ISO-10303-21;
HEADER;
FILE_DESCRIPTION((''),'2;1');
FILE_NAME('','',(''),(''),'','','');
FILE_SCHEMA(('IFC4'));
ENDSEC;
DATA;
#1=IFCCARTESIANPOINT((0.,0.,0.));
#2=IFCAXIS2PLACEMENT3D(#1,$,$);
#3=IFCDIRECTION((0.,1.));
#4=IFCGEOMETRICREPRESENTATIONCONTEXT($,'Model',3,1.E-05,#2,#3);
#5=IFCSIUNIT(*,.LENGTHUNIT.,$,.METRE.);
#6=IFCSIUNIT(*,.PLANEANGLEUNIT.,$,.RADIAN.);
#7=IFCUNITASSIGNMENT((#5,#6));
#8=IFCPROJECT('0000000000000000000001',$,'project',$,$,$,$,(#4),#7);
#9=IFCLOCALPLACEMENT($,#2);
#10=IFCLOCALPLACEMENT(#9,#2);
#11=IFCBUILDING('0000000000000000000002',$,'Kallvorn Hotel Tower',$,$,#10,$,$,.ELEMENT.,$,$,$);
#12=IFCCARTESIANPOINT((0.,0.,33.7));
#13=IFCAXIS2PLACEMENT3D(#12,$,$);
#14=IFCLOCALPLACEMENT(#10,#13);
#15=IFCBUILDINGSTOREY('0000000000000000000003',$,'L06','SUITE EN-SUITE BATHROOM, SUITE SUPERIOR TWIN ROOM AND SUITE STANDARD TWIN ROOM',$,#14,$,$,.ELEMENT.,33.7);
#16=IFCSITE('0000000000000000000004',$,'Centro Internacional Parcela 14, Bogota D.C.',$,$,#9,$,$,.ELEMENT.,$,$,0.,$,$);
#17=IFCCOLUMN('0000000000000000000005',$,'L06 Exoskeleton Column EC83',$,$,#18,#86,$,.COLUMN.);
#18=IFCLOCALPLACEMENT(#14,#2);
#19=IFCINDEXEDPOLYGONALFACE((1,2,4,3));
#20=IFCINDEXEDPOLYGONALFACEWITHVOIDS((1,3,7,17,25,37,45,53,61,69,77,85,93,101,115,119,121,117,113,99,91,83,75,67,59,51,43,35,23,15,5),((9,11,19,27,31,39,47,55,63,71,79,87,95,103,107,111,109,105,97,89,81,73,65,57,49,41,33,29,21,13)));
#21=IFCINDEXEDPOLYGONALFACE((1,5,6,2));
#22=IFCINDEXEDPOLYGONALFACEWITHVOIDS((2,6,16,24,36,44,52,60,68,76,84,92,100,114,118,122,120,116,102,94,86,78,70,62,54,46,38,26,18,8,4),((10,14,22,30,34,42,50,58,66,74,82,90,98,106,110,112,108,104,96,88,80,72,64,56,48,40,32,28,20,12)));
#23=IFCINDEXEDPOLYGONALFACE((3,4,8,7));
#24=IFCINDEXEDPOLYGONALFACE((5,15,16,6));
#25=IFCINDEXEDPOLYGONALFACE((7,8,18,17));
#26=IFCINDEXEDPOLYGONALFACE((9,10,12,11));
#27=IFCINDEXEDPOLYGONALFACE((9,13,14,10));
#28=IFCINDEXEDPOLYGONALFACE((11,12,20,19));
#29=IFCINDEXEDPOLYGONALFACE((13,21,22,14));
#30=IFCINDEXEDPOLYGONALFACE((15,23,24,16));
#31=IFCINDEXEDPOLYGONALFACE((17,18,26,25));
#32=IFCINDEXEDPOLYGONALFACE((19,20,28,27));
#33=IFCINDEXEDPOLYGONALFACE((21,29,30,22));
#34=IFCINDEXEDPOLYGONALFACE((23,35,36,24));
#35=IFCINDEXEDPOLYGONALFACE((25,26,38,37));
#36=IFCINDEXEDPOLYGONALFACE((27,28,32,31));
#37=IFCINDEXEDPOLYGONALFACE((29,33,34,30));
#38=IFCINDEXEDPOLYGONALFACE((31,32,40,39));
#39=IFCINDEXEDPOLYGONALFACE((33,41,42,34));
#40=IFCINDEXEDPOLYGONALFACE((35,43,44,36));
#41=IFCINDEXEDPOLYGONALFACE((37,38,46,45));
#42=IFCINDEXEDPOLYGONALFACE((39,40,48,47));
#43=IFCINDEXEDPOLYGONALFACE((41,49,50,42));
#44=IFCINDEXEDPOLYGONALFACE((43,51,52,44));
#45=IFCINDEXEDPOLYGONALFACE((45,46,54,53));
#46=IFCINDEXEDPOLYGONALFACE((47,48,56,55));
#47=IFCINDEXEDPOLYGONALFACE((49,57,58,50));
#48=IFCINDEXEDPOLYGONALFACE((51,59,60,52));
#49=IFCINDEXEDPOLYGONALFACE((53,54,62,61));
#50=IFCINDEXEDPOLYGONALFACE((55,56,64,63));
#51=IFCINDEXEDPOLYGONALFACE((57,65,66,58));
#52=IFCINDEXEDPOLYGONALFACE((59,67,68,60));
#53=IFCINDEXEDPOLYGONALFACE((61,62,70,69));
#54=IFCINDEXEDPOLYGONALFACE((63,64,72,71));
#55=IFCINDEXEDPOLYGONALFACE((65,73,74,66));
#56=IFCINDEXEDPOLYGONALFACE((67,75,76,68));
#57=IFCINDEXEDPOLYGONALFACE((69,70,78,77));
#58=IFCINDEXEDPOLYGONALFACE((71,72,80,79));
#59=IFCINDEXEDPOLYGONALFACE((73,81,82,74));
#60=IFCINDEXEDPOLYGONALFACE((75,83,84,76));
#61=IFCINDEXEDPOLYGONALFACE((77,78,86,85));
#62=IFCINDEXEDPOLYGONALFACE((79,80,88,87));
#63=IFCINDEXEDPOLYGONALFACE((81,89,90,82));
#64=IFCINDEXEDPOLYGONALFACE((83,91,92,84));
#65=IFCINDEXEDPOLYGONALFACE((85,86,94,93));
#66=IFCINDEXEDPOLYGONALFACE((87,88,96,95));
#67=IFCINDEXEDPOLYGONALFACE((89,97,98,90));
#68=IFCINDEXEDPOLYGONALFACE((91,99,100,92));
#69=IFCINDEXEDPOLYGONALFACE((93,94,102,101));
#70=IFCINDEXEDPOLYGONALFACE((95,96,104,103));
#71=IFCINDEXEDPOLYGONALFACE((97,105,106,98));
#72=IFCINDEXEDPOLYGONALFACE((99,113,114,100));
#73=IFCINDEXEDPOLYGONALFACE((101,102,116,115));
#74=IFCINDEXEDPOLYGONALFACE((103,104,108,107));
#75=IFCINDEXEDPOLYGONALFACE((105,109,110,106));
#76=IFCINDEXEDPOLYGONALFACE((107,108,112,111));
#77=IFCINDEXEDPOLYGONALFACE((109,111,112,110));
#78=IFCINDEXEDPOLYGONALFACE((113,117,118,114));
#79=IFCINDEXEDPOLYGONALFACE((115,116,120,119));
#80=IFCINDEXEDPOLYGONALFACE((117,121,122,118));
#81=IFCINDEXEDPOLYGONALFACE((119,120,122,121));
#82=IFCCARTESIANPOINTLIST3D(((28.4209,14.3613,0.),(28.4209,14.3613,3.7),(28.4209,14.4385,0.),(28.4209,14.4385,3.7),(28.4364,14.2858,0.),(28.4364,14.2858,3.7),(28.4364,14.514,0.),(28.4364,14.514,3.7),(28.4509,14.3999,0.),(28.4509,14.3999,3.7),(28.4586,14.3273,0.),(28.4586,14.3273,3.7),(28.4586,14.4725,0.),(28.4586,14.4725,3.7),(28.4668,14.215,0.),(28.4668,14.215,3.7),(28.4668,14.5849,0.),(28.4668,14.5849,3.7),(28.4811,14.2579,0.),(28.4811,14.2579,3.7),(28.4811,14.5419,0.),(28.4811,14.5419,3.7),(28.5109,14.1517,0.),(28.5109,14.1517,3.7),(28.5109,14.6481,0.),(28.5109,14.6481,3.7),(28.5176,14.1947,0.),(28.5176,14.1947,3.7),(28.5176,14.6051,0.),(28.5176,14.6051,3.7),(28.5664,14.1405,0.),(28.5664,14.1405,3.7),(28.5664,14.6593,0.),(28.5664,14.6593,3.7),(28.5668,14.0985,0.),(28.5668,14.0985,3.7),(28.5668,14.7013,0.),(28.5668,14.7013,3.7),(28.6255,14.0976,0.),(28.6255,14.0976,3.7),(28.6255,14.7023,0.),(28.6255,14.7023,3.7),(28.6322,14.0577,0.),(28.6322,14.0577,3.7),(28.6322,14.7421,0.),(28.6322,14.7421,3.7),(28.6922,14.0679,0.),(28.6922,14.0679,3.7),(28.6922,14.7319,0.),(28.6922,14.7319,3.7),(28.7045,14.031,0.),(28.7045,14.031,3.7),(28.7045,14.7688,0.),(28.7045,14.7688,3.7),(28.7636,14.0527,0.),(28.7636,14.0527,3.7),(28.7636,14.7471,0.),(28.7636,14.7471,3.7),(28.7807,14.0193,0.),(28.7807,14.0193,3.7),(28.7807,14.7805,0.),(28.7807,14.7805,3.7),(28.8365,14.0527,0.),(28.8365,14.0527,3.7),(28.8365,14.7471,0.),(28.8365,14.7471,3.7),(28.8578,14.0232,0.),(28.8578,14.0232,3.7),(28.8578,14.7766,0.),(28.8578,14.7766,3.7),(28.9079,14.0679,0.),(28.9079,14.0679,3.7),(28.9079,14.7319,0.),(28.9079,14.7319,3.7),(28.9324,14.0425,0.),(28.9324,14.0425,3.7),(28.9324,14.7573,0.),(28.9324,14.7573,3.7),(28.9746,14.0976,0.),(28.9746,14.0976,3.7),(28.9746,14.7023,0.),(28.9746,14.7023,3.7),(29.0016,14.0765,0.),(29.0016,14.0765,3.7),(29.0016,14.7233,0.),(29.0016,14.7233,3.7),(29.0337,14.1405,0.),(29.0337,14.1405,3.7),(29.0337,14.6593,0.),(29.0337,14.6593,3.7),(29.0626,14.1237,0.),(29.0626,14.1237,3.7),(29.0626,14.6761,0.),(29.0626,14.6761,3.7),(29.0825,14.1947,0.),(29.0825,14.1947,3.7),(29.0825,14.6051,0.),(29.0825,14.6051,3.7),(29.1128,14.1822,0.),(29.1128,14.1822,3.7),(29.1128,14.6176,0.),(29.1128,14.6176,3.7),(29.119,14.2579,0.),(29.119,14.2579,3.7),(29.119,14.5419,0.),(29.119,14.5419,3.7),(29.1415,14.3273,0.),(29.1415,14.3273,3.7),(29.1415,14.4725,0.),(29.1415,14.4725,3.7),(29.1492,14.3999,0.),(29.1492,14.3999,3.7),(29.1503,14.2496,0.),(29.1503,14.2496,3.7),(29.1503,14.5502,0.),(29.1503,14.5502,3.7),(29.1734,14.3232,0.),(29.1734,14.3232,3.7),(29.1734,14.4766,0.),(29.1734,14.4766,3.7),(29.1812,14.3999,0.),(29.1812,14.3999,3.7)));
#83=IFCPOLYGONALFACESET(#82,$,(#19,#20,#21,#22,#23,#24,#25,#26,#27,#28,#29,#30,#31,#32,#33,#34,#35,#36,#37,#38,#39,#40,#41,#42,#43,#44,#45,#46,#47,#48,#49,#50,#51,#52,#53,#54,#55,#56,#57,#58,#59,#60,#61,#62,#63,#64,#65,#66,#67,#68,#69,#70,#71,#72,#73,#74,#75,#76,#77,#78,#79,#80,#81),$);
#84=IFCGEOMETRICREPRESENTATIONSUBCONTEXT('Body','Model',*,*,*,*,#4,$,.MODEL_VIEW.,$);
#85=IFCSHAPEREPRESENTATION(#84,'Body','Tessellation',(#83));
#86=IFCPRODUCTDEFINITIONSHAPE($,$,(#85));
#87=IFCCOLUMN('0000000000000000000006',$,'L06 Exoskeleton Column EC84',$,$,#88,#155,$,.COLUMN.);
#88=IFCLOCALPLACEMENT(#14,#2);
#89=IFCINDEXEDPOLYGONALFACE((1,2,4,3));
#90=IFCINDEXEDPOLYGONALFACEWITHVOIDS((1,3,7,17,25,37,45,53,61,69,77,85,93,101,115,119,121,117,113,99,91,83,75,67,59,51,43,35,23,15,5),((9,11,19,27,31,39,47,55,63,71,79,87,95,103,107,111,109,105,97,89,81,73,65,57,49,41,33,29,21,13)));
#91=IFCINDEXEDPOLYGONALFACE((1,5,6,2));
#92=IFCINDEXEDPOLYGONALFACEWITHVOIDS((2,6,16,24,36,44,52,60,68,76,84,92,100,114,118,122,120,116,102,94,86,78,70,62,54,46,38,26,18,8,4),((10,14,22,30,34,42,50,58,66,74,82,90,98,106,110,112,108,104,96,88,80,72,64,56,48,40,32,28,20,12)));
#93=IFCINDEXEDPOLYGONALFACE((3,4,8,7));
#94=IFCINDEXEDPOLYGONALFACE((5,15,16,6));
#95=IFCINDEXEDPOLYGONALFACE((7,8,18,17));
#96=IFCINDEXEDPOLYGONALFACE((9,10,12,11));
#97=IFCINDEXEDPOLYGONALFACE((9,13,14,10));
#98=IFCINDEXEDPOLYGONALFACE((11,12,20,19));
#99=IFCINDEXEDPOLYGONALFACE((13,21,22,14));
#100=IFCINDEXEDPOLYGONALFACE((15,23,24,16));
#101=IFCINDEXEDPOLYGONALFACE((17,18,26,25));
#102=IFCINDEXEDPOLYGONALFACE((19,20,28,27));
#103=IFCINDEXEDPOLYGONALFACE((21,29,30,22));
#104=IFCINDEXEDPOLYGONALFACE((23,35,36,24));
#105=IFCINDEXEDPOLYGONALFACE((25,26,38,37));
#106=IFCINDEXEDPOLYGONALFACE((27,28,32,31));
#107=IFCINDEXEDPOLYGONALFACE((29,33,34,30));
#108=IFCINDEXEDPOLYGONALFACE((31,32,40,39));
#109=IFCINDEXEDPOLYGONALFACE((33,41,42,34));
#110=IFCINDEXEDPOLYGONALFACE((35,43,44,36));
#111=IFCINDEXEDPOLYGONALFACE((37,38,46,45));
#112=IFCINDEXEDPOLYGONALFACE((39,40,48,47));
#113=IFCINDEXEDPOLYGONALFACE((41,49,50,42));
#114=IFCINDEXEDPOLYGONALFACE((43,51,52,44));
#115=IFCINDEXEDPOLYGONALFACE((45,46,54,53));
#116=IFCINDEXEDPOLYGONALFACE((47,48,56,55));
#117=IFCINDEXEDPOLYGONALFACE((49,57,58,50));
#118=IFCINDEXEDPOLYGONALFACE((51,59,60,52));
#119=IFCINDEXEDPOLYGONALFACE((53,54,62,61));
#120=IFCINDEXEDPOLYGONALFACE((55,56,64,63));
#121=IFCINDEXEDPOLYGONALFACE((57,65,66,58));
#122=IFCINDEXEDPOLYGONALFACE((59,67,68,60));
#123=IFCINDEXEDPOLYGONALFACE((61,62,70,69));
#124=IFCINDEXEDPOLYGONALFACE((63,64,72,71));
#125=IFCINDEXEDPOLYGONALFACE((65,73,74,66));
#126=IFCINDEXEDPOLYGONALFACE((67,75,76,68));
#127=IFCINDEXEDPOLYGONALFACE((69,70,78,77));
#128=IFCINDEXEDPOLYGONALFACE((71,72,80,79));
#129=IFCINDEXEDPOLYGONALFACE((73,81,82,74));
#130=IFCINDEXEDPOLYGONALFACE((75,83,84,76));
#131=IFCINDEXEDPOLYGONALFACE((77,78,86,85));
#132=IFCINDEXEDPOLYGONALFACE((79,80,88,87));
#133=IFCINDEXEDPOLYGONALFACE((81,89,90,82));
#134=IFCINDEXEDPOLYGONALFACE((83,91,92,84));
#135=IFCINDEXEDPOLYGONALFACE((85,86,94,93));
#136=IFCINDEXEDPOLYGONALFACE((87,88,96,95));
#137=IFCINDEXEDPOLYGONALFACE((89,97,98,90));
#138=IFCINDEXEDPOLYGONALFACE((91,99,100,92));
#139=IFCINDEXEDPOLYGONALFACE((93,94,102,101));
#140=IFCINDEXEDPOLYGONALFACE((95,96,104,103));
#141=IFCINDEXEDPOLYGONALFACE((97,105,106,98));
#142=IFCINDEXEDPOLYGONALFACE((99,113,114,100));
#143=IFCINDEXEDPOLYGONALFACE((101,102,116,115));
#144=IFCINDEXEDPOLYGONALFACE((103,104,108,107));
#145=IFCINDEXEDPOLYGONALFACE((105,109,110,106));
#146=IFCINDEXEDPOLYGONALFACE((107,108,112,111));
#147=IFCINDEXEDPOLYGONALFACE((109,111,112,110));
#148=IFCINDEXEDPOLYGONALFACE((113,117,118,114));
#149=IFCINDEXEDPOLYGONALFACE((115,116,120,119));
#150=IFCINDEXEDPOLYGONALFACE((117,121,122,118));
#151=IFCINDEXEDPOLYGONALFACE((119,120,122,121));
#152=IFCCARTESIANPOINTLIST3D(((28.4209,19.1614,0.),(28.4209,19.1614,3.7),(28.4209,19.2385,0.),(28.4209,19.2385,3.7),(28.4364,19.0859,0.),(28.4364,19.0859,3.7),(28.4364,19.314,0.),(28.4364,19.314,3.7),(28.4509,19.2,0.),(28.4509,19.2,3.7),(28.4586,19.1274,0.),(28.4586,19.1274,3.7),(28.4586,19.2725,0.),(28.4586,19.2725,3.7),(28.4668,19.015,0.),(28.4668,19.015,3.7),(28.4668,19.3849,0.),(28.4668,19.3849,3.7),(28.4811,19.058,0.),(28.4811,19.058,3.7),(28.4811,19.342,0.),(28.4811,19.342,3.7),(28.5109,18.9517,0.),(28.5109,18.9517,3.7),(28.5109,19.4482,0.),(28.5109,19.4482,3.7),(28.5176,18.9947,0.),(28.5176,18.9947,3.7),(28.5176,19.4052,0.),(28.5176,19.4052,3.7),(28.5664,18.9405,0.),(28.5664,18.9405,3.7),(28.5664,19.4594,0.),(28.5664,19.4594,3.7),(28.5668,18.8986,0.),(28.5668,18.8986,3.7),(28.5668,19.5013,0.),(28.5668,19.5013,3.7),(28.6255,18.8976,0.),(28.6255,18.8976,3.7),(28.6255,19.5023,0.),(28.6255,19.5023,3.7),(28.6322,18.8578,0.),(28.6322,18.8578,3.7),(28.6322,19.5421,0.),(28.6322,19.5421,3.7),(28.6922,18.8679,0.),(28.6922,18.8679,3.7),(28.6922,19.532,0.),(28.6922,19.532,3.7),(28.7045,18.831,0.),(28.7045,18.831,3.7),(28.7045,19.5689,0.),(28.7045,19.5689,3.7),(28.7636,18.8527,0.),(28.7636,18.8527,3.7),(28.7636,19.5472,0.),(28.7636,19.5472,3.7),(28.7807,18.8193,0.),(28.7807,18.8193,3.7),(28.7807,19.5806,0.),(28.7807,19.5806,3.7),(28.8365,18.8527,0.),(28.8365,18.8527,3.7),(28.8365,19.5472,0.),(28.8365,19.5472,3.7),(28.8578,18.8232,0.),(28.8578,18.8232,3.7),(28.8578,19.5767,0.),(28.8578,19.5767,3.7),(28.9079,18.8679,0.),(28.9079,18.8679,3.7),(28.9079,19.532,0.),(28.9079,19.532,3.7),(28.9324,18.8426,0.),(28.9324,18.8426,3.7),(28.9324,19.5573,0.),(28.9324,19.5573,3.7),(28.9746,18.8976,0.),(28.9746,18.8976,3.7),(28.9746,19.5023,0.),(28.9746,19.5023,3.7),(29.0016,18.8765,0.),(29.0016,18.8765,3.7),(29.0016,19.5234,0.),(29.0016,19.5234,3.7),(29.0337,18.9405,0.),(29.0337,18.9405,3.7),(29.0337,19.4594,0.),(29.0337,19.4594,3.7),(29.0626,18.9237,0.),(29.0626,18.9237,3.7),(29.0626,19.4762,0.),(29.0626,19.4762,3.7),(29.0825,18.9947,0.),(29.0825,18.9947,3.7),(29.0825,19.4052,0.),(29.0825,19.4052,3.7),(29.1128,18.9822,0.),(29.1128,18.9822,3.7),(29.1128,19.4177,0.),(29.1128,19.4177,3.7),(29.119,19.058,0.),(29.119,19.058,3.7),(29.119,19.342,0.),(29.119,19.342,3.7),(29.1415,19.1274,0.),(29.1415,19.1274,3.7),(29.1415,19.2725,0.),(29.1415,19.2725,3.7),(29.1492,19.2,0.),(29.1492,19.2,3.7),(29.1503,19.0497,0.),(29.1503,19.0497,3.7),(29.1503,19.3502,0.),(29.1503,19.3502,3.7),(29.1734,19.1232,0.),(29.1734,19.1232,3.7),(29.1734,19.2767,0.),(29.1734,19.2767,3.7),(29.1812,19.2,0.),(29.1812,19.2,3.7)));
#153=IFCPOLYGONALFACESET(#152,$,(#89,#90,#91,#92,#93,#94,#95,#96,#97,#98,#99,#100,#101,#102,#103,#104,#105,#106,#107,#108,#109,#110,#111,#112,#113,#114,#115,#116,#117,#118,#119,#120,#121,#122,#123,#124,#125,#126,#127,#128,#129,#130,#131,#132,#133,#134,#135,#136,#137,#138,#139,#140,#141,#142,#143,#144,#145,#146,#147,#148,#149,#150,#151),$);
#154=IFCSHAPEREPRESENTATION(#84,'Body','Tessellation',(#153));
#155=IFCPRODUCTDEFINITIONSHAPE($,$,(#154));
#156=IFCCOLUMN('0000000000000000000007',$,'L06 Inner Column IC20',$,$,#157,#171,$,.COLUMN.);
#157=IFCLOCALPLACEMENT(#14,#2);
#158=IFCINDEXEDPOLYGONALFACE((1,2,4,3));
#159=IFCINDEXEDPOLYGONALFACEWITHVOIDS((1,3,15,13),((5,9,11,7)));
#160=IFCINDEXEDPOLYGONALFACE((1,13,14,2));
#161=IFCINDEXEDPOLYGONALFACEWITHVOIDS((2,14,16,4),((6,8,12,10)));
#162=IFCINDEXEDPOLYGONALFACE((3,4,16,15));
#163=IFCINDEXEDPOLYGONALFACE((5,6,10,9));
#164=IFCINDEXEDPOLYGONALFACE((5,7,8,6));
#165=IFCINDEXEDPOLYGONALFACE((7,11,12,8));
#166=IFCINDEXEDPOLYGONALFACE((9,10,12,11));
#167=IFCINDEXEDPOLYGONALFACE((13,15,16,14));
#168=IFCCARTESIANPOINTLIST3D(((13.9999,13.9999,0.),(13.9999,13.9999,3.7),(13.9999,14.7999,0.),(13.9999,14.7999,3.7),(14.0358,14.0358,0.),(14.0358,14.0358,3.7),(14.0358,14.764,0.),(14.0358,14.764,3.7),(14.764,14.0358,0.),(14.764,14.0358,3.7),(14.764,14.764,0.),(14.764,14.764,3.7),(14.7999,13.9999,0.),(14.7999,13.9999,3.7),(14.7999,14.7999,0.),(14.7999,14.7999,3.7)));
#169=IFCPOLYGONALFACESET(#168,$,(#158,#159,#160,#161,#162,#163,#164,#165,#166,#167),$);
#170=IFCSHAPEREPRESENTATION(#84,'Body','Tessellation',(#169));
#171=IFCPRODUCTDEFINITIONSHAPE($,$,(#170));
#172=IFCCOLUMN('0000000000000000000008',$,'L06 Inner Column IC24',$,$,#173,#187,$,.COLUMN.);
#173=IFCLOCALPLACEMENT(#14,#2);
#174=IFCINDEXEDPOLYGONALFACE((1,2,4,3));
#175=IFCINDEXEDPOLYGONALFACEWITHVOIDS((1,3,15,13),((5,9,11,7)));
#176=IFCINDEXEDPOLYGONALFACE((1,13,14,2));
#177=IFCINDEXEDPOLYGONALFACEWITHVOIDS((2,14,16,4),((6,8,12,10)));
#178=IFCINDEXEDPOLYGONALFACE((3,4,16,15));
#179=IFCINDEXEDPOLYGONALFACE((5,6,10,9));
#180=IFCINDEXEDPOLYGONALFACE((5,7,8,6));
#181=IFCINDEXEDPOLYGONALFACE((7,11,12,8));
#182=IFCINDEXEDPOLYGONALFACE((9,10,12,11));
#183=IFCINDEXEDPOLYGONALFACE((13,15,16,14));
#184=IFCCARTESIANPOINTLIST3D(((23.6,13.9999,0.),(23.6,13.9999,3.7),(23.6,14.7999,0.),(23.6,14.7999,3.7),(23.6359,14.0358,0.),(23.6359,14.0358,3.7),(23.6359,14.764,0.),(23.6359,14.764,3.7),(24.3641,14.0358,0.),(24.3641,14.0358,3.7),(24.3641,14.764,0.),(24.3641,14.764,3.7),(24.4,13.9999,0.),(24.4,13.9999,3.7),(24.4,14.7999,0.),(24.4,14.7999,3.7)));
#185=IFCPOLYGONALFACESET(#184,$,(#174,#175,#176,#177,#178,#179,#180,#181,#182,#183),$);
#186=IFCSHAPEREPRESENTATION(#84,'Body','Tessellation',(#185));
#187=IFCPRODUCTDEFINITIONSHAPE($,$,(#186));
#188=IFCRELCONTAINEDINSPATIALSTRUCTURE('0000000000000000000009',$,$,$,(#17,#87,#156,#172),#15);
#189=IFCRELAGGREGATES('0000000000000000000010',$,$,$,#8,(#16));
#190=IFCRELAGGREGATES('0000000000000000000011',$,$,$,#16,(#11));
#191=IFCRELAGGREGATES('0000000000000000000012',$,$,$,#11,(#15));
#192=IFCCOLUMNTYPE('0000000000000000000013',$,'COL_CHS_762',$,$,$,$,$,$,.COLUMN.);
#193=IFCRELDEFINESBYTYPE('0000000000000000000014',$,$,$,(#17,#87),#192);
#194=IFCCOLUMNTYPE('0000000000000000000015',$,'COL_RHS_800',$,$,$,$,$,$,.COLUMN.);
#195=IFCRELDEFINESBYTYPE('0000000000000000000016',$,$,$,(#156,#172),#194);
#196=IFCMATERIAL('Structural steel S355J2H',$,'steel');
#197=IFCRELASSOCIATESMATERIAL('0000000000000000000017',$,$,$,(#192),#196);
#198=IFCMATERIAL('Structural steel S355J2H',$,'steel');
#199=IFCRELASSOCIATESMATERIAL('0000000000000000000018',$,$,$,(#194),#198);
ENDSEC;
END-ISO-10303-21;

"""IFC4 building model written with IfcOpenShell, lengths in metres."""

from ifc_helpers import new_model, si_unit, direction, frame, origin, origin_2d, place, context, subcontext, project, spatial, hollow_rectangle, hollow_circle, extrude, material, material_profile, profile_set, type_object, element, save


model = new_model("IFC4")

# Units and contexts
model_context = context("Model", 3, precision=1e-05, world=origin(), true_north=direction((0.0, 1.0)))
body_context = subcontext(model_context, "Body", "Model", "MODEL_VIEW")
ifc_project = project(units=[si_unit("LENGTHUNIT", "METRE"), si_unit("PLANEANGLEUNIT", "RADIAN")], contexts=[model_context])

# Site, building, storey
site_placement = place(None, origin())
site = spatial("IfcSite", under=ifc_project, at=site_placement, Name="Centro Internacional Parcela 14, Bogota D.C.", CompositionType="ELEMENT", RefElevation=0.0)
building_placement = place(site_placement, origin())
building = spatial("IfcBuilding", under=site, at=building_placement, Name="Kallvorn Hotel Tower", CompositionType="ELEMENT")
storey_placement = place(building_placement, frame((0.0, 0.0, 33.7)))
storey = spatial("IfcBuildingStorey", under=building, at=storey_placement, Name="L06", Description="SUITE EN-SUITE BATHROOM, SUITE SUPERIOR TWIN ROOM AND SUITE STANDARD TWIN ROOM", CompositionType="ELEMENT", Elevation=33.7)

# Columns
ifc_material_1 = material(Name="Structural steel S355J2H", Category="steel")
ifc_material_profile_1 = material_profile(ifc_material_1, hollow_circle(Radius=0.3811, WallThickness=0.032, at=origin_2d()), Name="CHS 762x32")
ifc_profile_set_1 = profile_set([ifc_material_profile_1], Name="Structural steel S355J2H")
column_type_1 = type_object("IfcColumnType", Name="COL_CHS_762", PredefinedType="COLUMN", material=ifc_profile_set_1)
for number, where, z_axis, x_axis, name in (
    (1, (28.8, 14.3999, 0.0), (0.0, 0.0, 1.0), (1.0, 0.0, 0.0), "L06 Exoskeleton Column EC83"),
    (2, (28.8, 19.2, 0.0), (0.0, 0.0, 1.0), (1.0, 0.0, 0.0), "L06 Exoskeleton Column EC84"),
):
    element("IfcColumn", number, at=place(storey_placement, frame(where, z_axis=z_axis, x_axis=x_axis)), inside=storey, type_object=column_type_1, Name=name, PredefinedType="COLUMN", context=body_context, shape_type="SweptSolid", body=[
        extrude(hollow_circle(Radius=0.3811, WallThickness=0.032, at=origin_2d()), origin(), (0.0, 0.0, 1.0), 3.7),
    ])
ifc_material_2 = material(Name="Structural steel S355J2H", Category="steel")
ifc_material_profile_2 = material_profile(ifc_material_2, hollow_rectangle(XDim=0.8, YDim=0.8, WallThickness=0.0359, at=origin_2d()), Name="RHS 800x800x36")
ifc_profile_set_2 = profile_set([ifc_material_profile_2], Name="Structural steel S355J2H")
column_type_2 = type_object("IfcColumnType", Name="COL_RHS_800", PredefinedType="COLUMN", material=ifc_profile_set_2)
for number, where, z_axis, x_axis, name in (
    (3, (14.3999, 14.3999, 0.0), (0.0, 0.0, 1.0), (1.0, 0.0, 0.0), "L06 Inner Column IC20"),
    (4, (24.0, 14.3999, 0.0), (0.0, 0.0, 1.0), (1.0, 0.0, 0.0), "L06 Inner Column IC24"),
):
    element("IfcColumn", number, at=place(storey_placement, frame(where, z_axis=z_axis, x_axis=x_axis)), inside=storey, type_object=column_type_2, Name=name, PredefinedType="COLUMN", context=body_context, shape_type="SweptSolid", body=[
        extrude(hollow_rectangle(XDim=0.8, YDim=0.8, WallThickness=0.0359, at=origin_2d()), origin(), (0.0, 0.0, 1.0), 3.7),
    ])

save(model, "model.ifc")
